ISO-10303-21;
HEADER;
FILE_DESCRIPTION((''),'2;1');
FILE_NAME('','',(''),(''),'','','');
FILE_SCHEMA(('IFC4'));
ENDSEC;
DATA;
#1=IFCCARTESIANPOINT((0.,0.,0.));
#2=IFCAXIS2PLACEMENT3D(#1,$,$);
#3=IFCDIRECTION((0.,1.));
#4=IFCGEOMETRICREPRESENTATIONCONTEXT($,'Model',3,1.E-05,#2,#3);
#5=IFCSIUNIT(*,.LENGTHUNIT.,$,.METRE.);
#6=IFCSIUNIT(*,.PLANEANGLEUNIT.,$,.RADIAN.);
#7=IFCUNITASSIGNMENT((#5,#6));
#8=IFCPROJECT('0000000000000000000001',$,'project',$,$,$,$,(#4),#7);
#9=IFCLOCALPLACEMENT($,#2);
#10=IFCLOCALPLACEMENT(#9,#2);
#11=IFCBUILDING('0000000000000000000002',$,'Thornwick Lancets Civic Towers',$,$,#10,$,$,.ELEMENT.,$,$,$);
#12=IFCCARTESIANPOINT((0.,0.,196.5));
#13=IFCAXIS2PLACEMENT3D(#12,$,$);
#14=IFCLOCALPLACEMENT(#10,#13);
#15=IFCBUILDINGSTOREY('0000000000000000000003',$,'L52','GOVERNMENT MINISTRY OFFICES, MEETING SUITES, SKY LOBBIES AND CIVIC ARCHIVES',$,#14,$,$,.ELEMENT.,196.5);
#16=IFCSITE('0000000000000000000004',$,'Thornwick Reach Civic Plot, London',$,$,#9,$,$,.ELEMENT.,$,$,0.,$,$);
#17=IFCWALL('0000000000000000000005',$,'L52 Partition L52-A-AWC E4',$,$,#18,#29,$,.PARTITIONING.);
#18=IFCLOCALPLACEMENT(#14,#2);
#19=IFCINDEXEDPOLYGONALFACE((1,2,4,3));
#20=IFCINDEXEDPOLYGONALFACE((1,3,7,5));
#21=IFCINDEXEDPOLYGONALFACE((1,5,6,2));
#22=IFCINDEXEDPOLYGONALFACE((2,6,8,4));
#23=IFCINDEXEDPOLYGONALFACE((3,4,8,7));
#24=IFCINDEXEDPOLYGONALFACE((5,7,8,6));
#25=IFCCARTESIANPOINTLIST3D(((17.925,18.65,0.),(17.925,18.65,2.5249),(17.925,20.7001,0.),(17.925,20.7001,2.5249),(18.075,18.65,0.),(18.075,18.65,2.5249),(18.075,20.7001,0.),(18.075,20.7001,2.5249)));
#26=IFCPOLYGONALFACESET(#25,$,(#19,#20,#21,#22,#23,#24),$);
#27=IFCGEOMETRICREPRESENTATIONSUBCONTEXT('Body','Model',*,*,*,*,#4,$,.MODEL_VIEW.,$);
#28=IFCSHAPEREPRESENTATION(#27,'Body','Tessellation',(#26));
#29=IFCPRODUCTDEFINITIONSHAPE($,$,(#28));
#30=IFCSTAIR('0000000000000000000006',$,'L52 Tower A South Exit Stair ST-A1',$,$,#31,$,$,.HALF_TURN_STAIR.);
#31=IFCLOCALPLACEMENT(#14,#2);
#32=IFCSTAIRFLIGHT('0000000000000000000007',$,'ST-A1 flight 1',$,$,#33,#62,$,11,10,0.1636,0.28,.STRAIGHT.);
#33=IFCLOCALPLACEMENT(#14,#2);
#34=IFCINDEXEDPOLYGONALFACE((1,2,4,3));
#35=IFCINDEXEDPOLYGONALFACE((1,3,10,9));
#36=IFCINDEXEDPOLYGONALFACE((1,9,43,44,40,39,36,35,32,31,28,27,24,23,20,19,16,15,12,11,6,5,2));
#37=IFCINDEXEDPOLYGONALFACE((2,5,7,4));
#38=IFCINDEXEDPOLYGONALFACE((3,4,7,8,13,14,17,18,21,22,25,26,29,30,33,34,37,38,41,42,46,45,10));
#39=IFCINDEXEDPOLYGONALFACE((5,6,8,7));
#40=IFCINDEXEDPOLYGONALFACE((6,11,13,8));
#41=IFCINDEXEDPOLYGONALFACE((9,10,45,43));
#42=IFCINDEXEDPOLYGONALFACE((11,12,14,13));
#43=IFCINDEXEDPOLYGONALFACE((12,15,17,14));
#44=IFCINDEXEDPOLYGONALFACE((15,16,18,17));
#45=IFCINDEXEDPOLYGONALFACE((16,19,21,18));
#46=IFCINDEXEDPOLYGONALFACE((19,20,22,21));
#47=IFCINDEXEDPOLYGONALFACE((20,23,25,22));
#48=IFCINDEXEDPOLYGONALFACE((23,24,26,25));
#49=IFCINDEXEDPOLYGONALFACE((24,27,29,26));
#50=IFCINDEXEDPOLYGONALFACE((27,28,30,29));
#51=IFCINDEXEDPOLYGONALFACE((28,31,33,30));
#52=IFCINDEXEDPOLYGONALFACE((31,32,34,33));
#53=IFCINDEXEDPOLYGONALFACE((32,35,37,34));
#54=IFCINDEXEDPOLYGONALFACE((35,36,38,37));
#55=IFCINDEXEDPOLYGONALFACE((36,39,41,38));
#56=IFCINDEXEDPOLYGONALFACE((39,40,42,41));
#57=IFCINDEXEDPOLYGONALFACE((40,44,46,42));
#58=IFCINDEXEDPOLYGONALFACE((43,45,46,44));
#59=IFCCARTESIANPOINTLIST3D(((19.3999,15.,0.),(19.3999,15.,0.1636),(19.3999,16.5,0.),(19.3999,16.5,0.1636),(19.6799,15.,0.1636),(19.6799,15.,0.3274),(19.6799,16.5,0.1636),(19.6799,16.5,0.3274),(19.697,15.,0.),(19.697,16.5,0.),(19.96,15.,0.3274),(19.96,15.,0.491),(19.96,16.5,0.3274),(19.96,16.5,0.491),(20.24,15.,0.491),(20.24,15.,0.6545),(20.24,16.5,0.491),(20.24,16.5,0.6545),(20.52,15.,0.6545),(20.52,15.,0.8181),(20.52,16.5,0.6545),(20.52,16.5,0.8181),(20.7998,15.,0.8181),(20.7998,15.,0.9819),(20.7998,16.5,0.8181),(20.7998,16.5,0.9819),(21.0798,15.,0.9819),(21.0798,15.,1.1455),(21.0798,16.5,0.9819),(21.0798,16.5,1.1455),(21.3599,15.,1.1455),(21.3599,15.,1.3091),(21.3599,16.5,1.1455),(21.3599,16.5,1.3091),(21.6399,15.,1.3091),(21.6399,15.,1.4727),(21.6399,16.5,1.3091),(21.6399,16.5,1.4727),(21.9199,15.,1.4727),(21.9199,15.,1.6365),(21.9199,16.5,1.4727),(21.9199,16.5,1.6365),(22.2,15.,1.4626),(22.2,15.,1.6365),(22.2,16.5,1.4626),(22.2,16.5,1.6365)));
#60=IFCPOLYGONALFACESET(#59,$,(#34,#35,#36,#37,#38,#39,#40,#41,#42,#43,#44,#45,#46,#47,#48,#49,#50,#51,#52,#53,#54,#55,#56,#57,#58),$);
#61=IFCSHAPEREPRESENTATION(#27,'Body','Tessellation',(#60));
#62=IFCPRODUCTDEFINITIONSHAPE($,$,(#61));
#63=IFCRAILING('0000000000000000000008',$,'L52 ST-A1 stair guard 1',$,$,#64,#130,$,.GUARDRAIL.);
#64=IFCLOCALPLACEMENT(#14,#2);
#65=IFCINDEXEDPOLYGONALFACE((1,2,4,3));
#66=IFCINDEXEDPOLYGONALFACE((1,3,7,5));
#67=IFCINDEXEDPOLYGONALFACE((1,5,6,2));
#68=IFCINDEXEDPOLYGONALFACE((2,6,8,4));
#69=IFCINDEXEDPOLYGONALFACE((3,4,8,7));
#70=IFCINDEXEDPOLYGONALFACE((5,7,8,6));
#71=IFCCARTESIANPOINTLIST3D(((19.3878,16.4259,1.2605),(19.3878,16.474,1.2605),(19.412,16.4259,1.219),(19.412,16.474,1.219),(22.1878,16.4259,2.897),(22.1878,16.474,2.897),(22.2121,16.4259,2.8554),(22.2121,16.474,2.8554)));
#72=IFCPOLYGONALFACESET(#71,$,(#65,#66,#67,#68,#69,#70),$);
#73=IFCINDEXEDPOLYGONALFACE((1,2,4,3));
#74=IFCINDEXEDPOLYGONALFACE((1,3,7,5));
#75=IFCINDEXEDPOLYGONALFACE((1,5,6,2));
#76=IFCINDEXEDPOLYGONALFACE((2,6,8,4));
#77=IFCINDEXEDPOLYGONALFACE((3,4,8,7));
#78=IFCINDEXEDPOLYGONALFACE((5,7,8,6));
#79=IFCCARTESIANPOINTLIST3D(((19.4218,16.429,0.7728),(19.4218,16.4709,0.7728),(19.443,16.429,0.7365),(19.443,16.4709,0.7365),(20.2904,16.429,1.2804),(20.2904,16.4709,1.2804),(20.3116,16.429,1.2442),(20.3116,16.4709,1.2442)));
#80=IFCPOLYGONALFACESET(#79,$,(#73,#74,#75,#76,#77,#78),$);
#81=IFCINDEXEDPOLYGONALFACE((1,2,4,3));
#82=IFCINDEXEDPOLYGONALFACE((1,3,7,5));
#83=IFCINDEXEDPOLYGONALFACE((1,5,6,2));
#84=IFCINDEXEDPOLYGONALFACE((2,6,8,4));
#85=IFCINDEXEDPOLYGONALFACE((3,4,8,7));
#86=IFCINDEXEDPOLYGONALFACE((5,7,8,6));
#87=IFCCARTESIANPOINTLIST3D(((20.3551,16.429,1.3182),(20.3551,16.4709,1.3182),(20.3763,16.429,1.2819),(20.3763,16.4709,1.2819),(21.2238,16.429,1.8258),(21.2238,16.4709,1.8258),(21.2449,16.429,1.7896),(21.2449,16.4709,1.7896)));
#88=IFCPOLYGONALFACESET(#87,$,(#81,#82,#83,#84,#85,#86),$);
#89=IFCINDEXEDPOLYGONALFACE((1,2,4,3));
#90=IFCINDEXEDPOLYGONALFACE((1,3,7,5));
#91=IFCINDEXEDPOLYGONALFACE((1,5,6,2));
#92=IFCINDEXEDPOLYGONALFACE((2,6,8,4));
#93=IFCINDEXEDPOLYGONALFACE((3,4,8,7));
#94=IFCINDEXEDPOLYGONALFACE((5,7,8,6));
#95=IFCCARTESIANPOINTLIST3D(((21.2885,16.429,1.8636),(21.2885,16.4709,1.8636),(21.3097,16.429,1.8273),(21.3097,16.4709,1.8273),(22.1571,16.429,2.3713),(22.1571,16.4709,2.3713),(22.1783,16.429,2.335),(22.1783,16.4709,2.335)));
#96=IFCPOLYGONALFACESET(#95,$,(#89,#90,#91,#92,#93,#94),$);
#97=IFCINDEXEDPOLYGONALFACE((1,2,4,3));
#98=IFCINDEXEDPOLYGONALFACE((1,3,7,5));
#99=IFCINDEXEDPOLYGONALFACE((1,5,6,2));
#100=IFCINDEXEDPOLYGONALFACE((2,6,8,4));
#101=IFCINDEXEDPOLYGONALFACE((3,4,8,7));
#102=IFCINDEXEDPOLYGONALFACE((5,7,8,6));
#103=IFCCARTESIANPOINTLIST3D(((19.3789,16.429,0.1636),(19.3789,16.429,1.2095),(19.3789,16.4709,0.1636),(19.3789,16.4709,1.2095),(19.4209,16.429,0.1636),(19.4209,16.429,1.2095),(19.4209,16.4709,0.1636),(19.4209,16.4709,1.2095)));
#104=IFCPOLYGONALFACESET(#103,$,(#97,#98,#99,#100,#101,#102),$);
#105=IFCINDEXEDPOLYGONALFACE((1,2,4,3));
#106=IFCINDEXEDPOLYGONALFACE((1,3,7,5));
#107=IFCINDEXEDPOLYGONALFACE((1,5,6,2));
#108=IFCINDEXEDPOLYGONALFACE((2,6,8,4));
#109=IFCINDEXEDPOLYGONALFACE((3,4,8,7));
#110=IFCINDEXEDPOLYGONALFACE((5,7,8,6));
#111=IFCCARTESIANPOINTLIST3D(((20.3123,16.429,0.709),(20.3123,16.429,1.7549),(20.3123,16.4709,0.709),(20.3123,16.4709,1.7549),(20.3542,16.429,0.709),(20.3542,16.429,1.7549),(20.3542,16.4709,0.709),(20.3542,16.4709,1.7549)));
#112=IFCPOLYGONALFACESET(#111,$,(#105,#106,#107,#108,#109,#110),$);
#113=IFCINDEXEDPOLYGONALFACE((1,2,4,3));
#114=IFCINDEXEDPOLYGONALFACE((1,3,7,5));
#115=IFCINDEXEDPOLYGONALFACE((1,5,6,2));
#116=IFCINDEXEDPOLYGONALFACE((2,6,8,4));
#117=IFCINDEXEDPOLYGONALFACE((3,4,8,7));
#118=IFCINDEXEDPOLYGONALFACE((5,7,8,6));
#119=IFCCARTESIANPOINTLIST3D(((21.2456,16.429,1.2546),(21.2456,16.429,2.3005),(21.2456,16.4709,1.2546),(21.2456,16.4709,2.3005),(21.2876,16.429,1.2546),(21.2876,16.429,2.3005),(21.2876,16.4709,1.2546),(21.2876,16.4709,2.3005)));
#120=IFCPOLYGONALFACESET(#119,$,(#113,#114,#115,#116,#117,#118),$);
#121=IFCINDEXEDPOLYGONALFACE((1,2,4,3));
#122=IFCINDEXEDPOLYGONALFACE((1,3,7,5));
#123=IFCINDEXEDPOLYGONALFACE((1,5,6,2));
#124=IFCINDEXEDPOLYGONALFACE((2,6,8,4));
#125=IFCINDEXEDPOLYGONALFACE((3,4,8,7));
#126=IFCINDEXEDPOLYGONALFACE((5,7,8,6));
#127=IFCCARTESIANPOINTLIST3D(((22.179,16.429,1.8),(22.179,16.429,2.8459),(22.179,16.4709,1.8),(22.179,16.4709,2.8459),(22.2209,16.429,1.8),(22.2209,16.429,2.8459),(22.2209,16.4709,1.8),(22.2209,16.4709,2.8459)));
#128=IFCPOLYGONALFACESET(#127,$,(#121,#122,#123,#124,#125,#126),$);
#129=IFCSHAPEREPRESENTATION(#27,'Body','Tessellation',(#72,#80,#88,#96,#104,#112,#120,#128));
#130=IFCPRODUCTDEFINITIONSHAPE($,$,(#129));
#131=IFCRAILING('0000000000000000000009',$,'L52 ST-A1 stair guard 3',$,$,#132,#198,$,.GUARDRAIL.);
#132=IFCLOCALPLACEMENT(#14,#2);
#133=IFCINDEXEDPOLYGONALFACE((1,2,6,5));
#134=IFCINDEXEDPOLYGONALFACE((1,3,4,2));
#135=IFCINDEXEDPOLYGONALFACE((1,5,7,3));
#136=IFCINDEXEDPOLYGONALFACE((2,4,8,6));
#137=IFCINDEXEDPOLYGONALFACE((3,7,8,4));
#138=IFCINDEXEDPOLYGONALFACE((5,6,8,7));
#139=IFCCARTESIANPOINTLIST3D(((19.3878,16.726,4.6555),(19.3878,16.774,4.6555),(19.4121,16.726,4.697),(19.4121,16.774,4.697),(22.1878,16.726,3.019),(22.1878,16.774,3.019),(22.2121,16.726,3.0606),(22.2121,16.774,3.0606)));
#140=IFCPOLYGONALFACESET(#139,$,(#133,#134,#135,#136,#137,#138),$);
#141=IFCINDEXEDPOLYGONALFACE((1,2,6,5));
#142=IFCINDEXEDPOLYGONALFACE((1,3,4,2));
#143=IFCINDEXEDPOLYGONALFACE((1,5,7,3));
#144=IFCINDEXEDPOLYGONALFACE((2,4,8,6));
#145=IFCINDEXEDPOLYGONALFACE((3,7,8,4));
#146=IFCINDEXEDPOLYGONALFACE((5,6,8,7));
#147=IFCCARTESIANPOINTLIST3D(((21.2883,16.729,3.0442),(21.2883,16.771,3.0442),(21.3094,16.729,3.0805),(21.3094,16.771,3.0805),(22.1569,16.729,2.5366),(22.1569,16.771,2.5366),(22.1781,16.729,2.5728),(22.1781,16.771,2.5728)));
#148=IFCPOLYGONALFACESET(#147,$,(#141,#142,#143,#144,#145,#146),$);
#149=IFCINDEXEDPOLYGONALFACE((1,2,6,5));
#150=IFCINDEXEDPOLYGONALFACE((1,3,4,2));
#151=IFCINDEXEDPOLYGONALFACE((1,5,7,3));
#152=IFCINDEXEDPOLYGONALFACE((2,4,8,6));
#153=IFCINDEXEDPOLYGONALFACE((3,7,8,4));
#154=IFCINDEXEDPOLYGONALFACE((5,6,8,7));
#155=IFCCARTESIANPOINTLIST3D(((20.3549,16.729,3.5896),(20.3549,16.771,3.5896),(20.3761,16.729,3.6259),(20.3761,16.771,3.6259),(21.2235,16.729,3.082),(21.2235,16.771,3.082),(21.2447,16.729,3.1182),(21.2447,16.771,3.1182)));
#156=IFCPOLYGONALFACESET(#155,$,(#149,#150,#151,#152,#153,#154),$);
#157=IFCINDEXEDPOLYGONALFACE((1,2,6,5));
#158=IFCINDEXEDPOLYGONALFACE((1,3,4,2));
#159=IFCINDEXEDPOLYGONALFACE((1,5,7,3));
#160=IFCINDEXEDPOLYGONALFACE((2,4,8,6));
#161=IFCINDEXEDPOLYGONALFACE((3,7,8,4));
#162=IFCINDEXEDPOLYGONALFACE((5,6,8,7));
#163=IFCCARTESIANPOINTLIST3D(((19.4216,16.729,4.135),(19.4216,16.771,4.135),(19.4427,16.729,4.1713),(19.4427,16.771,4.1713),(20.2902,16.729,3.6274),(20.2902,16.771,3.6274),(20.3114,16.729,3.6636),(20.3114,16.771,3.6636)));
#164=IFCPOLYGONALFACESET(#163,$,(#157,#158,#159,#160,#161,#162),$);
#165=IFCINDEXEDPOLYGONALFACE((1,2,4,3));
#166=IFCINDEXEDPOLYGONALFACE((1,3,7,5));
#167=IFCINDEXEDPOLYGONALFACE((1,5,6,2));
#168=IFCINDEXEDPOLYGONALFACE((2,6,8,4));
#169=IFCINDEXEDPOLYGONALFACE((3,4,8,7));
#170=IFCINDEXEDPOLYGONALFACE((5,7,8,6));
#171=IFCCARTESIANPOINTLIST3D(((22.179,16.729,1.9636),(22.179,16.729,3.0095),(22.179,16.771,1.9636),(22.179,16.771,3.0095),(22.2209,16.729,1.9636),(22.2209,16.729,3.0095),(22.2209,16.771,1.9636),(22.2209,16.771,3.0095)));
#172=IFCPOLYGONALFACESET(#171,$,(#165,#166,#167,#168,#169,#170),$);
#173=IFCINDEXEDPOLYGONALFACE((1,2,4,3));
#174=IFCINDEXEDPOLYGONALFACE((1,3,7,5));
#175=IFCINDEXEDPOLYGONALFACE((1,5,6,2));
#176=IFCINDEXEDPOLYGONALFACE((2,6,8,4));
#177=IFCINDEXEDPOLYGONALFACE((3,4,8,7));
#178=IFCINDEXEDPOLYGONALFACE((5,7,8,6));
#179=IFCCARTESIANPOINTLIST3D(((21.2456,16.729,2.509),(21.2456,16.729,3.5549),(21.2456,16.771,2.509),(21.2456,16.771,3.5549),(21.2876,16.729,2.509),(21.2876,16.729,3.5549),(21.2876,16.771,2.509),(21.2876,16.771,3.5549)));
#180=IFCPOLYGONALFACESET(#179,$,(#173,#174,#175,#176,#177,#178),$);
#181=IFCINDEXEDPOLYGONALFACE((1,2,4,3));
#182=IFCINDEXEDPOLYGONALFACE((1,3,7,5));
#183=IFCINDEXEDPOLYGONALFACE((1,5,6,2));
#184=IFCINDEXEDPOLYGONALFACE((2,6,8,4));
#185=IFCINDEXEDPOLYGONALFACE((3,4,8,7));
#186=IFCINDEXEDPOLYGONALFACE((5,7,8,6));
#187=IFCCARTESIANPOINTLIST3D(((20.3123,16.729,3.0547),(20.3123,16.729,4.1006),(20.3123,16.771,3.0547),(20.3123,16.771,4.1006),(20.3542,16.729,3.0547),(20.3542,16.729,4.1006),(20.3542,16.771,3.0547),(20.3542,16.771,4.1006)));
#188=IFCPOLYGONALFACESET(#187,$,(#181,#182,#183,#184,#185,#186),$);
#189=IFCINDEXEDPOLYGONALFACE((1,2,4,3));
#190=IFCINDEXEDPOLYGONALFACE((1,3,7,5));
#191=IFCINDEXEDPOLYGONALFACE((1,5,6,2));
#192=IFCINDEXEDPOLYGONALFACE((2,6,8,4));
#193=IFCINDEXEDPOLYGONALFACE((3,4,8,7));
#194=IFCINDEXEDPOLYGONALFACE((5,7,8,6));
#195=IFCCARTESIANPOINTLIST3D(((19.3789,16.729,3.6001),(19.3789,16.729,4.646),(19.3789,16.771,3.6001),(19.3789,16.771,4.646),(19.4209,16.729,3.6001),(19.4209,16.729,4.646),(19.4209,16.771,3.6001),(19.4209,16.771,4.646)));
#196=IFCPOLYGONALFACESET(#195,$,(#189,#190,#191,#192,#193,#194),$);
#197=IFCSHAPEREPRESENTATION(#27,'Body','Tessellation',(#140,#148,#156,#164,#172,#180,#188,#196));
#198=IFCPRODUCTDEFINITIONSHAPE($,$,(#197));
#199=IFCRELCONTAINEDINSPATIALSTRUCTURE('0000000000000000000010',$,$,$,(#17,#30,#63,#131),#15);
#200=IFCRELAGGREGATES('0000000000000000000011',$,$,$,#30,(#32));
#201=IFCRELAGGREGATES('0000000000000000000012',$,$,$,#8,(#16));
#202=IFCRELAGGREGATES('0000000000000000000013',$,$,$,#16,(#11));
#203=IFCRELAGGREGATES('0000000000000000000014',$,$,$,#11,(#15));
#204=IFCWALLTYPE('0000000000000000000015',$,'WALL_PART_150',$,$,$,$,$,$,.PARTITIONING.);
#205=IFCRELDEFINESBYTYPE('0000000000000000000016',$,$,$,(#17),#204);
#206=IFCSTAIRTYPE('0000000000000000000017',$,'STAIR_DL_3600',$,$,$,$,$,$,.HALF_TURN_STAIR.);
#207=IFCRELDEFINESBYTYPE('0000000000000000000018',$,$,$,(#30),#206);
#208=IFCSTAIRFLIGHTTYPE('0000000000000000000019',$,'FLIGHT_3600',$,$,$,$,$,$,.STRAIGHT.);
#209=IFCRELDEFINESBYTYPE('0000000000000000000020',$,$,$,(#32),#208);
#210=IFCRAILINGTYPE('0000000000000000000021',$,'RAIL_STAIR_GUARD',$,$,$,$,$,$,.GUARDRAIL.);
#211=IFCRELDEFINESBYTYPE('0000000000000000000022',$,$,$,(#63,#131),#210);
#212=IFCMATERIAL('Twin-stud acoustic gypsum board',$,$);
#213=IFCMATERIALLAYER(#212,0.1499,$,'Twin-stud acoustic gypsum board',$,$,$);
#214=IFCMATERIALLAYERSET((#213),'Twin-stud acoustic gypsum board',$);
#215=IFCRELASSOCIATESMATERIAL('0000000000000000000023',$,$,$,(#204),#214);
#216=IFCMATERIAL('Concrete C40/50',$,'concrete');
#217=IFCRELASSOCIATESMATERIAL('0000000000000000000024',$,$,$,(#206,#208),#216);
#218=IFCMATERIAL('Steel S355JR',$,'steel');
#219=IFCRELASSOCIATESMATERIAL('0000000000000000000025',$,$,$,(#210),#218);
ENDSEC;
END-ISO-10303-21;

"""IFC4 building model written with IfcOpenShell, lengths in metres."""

from ifc_helpers import new_model, si_unit, direction, frame, frame_2d, origin, origin_2d, place, context, subcontext, project, spatial, polyline, rectangle, outline, extrude, material, layer, layer_set, type_object, element, aggregate, save


model = new_model("IFC4")

# Units and contexts
model_context = context("Model", 3, precision=1e-05, world=origin(), true_north=direction((0.0, 1.0)))
body_context = subcontext(model_context, "Body", "Model", "MODEL_VIEW")
ifc_project = project(units=[si_unit("LENGTHUNIT", "METRE"), si_unit("PLANEANGLEUNIT", "RADIAN")], contexts=[model_context])

# Site, building, storey
site_placement = place(None, origin())
site = spatial("IfcSite", under=ifc_project, at=site_placement, Name="Thornwick Reach Civic Plot, London", CompositionType="ELEMENT", RefElevation=0.0)
building_placement = place(site_placement, origin())
building = spatial("IfcBuilding", under=site, at=building_placement, Name="Thornwick Lancets Civic Towers", CompositionType="ELEMENT")
storey_placement = place(building_placement, frame((0.0, 0.0, 196.5)))
storey = spatial("IfcBuildingStorey", under=building, at=storey_placement, Name="L52", Description="GOVERNMENT MINISTRY OFFICES, MEETING SUITES, SKY LOBBIES AND CIVIC ARCHIVES", CompositionType="ELEMENT", Elevation=196.5)

# Shared definitions
ifc_material_1 = material(Name="Steel S355JR", Category="steel")

# Shared definitions
ifc_material_2 = material(Name="Twin-stud acoustic gypsum board")
ifc_layer_1 = layer(ifc_material_2, 0.1499, Name="Twin-stud acoustic gypsum board")
ifc_layer_set_1 = layer_set([ifc_layer_1], Name="Twin-stud acoustic gypsum board")
wall_type_1 = type_object("IfcWallType", Name="WALL_PART_150", PredefinedType="PARTITIONING", material=ifc_layer_set_1)

# Wall
wall_1_placement = place(storey_placement, frame((18.0, 20.7, 0.0), z_axis=(0.0, 0.0, 1.0), x_axis=(0.0, -1.0, 0.0)))
element("IfcWall", 1, at=wall_1_placement, inside=storey, type_object=wall_type_1, Name="L52 Partition L52-A-AWC E4", PredefinedType="PARTITIONING", context=body_context, shape_type="SweptSolid", body=[
    extrude(rectangle(XDim=2.05, YDim=0.1499, at=frame_2d((1.0249, 0.0))), origin(), (0.0, 0.0, 1.0), 2.5249),
])

# Stair, stair flight
ifc_material_3 = material(Name="Concrete C40/50", Category="concrete")
stair_type = type_object("IfcStairType", Name="STAIR_DL_3600", PredefinedType="HALF_TURN_STAIR", material=ifc_material_3)
stair_placement = place(storey_placement, origin())
stair = element("IfcStair", 2, at=stair_placement, inside=storey, type_object=stair_type, Name="L52 Tower A South Exit Stair ST-A1", PredefinedType="HALF_TURN_STAIR")
stair_flight_type = type_object("IfcStairFlightType", Name="FLIGHT_3600", PredefinedType="STRAIGHT", material=ifc_material_3)
stair_flight_placement = place(storey_placement, frame((19.3999, 15.75, 0.0), z_axis=(0.0, 0.0, 1.0), x_axis=(1.0, 0.0, 0.0)))
stair_flight = element("IfcStairFlight", 3, at=stair_flight_placement, type_object=stair_flight_type, Name="ST-A1 flight 1", NumberOfRisers=11, NumberOfTreads=10, PredefinedType="STRAIGHT", RiserHeight=0.1636, TreadLength=0.28, context=body_context, shape_type="SweptSolid", body=[
    extrude(outline(polyline([(0.0, 0.0), (0.0, 0.1636), (0.28, 0.1636), (0.28, 0.3274), (0.5601, 0.3274), (0.5601, 0.491), (0.8401, 0.491), (0.8401, 0.6545), (1.1201, 0.6545), (1.1201, 0.8181), (1.3999, 0.8181), (1.3999, 0.9819), (1.6799, 0.9819), (1.6799, 1.1455), (1.96, 1.1455), (1.96, 1.3091), (2.24, 1.3091), (2.24, 1.4727), (2.52, 1.4727), (2.52, 1.6365), (2.8, 1.6365), (2.8, 1.8), (2.8, 1.4626), (0.2971, 0.0), (0.0, 0.0)])), frame((0.0, 0.75, 0.0), z_axis=(0.0, -1.0, 0.0), x_axis=(1.0, 0.0, 0.0)), (0.0, 0.0, 1.0), 1.5),
])
aggregate(stair, [stair_flight])

# Railings
railing_type_1 = type_object("IfcRailingType", Name="RAIL_STAIR_GUARD", PredefinedType="GUARDRAIL", material=ifc_material_1)
railing_1_placement = place(storey_placement, frame((19.3999, 16.45, 0.1636)))
element("IfcRailing", 4, at=railing_1_placement, inside=storey, type_object=railing_type_1, Name="L52 ST-A1 stair guard 1", PredefinedType="GUARDRAIL", context=body_context, shape_type="SweptSolid", body=[
    extrude(rectangle(XDim=0.0481, YDim=0.0481, at=origin_2d()), frame((0.0, 0.0, 1.0762), z_axis=(0.863361, 0.0, 0.504587), x_axis=(0.0, 1.0, 0.0)), (0.0, 0.0, 1.0), 3.2432),
    extrude(rectangle(XDim=0.042, YDim=0.042, at=origin_2d()), frame((0.0325, 0.0, 0.5911), z_axis=(0.863361, 0.0, 0.504587), x_axis=(0.0, 1.0, 0.0)), (0.0, 0.0, 1.0), 1.0061),
    extrude(rectangle(XDim=0.042, YDim=0.042, at=origin_2d()), frame((0.9658, 0.0, 1.1365), z_axis=(0.863361, 0.0, 0.504587), x_axis=(0.0, 1.0, 0.0)), (0.0, 0.0, 1.0), 1.0061),
    extrude(rectangle(XDim=0.042, YDim=0.042, at=origin_2d()), frame((1.8992, 0.0, 1.6819), z_axis=(0.863361, 0.0, 0.504587), x_axis=(0.0, 1.0, 0.0)), (0.0, 0.0, 1.0), 1.0061),
    extrude(rectangle(XDim=0.042, YDim=0.042, at=origin_2d()), origin(), (0.0, 0.0, 1.0), 1.0459),
    extrude(rectangle(XDim=0.042, YDim=0.042, at=origin_2d()), frame((0.9333, 0.0, 0.5454)), (0.0, 0.0, 1.0), 1.0459),
    extrude(rectangle(XDim=0.042, YDim=0.042, at=origin_2d()), frame((1.8667, 0.0, 1.0911)), (0.0, 0.0, 1.0), 1.0459),
    extrude(rectangle(XDim=0.042, YDim=0.042, at=origin_2d()), frame((2.8, 0.0, 1.6365)), (0.0, 0.0, 1.0), 1.0459),
])
railing_2_placement = place(storey_placement, frame((22.2, 16.75, 1.9636)))
element("IfcRailing", 5, at=railing_2_placement, inside=storey, type_object=railing_type_1, Name="L52 ST-A1 stair guard 3", PredefinedType="GUARDRAIL", context=body_context, shape_type="SweptSolid", body=[
    extrude(rectangle(XDim=0.0481, YDim=0.0481, at=origin_2d()), frame((0.0, 0.0, 1.0762), z_axis=(-0.863361, 0.0, 0.504587), x_axis=(0.0, -1.0, 0.0)), (0.0, 0.0, 1.0), 3.2432),
    extrude(rectangle(XDim=0.042, YDim=0.042, at=origin_2d()), frame((-0.0325, 0.0, 0.5911), z_axis=(-0.863361, 0.0, 0.504587), x_axis=(0.0, -1.0, 0.0)), (0.0, 0.0, 1.0), 1.0061),
    extrude(rectangle(XDim=0.042, YDim=0.042, at=origin_2d()), frame((-0.9658, 0.0, 1.1365), z_axis=(-0.863361, 0.0, 0.504587), x_axis=(0.0, -1.0, 0.0)), (0.0, 0.0, 1.0), 1.0061),
    extrude(rectangle(XDim=0.042, YDim=0.042, at=origin_2d()), frame((-1.8992, 0.0, 1.6819), z_axis=(-0.863361, 0.0, 0.504587), x_axis=(0.0, -1.0, 0.0)), (0.0, 0.0, 1.0), 1.0061),
    extrude(rectangle(XDim=0.042, YDim=0.042, at=origin_2d()), origin(), (0.0, 0.0, 1.0), 1.0459),
    extrude(rectangle(XDim=0.042, YDim=0.042, at=origin_2d()), frame((-0.9333, 0.0, 0.5454)), (0.0, 0.0, 1.0), 1.0459),
    extrude(rectangle(XDim=0.042, YDim=0.042, at=origin_2d()), frame((-1.8667, 0.0, 1.0911)), (0.0, 0.0, 1.0), 1.0459),
    extrude(rectangle(XDim=0.042, YDim=0.042, at=origin_2d()), frame((-2.8, 0.0, 1.6365)), (0.0, 0.0, 1.0), 1.0459),
])

save(model, "model.ifc")
